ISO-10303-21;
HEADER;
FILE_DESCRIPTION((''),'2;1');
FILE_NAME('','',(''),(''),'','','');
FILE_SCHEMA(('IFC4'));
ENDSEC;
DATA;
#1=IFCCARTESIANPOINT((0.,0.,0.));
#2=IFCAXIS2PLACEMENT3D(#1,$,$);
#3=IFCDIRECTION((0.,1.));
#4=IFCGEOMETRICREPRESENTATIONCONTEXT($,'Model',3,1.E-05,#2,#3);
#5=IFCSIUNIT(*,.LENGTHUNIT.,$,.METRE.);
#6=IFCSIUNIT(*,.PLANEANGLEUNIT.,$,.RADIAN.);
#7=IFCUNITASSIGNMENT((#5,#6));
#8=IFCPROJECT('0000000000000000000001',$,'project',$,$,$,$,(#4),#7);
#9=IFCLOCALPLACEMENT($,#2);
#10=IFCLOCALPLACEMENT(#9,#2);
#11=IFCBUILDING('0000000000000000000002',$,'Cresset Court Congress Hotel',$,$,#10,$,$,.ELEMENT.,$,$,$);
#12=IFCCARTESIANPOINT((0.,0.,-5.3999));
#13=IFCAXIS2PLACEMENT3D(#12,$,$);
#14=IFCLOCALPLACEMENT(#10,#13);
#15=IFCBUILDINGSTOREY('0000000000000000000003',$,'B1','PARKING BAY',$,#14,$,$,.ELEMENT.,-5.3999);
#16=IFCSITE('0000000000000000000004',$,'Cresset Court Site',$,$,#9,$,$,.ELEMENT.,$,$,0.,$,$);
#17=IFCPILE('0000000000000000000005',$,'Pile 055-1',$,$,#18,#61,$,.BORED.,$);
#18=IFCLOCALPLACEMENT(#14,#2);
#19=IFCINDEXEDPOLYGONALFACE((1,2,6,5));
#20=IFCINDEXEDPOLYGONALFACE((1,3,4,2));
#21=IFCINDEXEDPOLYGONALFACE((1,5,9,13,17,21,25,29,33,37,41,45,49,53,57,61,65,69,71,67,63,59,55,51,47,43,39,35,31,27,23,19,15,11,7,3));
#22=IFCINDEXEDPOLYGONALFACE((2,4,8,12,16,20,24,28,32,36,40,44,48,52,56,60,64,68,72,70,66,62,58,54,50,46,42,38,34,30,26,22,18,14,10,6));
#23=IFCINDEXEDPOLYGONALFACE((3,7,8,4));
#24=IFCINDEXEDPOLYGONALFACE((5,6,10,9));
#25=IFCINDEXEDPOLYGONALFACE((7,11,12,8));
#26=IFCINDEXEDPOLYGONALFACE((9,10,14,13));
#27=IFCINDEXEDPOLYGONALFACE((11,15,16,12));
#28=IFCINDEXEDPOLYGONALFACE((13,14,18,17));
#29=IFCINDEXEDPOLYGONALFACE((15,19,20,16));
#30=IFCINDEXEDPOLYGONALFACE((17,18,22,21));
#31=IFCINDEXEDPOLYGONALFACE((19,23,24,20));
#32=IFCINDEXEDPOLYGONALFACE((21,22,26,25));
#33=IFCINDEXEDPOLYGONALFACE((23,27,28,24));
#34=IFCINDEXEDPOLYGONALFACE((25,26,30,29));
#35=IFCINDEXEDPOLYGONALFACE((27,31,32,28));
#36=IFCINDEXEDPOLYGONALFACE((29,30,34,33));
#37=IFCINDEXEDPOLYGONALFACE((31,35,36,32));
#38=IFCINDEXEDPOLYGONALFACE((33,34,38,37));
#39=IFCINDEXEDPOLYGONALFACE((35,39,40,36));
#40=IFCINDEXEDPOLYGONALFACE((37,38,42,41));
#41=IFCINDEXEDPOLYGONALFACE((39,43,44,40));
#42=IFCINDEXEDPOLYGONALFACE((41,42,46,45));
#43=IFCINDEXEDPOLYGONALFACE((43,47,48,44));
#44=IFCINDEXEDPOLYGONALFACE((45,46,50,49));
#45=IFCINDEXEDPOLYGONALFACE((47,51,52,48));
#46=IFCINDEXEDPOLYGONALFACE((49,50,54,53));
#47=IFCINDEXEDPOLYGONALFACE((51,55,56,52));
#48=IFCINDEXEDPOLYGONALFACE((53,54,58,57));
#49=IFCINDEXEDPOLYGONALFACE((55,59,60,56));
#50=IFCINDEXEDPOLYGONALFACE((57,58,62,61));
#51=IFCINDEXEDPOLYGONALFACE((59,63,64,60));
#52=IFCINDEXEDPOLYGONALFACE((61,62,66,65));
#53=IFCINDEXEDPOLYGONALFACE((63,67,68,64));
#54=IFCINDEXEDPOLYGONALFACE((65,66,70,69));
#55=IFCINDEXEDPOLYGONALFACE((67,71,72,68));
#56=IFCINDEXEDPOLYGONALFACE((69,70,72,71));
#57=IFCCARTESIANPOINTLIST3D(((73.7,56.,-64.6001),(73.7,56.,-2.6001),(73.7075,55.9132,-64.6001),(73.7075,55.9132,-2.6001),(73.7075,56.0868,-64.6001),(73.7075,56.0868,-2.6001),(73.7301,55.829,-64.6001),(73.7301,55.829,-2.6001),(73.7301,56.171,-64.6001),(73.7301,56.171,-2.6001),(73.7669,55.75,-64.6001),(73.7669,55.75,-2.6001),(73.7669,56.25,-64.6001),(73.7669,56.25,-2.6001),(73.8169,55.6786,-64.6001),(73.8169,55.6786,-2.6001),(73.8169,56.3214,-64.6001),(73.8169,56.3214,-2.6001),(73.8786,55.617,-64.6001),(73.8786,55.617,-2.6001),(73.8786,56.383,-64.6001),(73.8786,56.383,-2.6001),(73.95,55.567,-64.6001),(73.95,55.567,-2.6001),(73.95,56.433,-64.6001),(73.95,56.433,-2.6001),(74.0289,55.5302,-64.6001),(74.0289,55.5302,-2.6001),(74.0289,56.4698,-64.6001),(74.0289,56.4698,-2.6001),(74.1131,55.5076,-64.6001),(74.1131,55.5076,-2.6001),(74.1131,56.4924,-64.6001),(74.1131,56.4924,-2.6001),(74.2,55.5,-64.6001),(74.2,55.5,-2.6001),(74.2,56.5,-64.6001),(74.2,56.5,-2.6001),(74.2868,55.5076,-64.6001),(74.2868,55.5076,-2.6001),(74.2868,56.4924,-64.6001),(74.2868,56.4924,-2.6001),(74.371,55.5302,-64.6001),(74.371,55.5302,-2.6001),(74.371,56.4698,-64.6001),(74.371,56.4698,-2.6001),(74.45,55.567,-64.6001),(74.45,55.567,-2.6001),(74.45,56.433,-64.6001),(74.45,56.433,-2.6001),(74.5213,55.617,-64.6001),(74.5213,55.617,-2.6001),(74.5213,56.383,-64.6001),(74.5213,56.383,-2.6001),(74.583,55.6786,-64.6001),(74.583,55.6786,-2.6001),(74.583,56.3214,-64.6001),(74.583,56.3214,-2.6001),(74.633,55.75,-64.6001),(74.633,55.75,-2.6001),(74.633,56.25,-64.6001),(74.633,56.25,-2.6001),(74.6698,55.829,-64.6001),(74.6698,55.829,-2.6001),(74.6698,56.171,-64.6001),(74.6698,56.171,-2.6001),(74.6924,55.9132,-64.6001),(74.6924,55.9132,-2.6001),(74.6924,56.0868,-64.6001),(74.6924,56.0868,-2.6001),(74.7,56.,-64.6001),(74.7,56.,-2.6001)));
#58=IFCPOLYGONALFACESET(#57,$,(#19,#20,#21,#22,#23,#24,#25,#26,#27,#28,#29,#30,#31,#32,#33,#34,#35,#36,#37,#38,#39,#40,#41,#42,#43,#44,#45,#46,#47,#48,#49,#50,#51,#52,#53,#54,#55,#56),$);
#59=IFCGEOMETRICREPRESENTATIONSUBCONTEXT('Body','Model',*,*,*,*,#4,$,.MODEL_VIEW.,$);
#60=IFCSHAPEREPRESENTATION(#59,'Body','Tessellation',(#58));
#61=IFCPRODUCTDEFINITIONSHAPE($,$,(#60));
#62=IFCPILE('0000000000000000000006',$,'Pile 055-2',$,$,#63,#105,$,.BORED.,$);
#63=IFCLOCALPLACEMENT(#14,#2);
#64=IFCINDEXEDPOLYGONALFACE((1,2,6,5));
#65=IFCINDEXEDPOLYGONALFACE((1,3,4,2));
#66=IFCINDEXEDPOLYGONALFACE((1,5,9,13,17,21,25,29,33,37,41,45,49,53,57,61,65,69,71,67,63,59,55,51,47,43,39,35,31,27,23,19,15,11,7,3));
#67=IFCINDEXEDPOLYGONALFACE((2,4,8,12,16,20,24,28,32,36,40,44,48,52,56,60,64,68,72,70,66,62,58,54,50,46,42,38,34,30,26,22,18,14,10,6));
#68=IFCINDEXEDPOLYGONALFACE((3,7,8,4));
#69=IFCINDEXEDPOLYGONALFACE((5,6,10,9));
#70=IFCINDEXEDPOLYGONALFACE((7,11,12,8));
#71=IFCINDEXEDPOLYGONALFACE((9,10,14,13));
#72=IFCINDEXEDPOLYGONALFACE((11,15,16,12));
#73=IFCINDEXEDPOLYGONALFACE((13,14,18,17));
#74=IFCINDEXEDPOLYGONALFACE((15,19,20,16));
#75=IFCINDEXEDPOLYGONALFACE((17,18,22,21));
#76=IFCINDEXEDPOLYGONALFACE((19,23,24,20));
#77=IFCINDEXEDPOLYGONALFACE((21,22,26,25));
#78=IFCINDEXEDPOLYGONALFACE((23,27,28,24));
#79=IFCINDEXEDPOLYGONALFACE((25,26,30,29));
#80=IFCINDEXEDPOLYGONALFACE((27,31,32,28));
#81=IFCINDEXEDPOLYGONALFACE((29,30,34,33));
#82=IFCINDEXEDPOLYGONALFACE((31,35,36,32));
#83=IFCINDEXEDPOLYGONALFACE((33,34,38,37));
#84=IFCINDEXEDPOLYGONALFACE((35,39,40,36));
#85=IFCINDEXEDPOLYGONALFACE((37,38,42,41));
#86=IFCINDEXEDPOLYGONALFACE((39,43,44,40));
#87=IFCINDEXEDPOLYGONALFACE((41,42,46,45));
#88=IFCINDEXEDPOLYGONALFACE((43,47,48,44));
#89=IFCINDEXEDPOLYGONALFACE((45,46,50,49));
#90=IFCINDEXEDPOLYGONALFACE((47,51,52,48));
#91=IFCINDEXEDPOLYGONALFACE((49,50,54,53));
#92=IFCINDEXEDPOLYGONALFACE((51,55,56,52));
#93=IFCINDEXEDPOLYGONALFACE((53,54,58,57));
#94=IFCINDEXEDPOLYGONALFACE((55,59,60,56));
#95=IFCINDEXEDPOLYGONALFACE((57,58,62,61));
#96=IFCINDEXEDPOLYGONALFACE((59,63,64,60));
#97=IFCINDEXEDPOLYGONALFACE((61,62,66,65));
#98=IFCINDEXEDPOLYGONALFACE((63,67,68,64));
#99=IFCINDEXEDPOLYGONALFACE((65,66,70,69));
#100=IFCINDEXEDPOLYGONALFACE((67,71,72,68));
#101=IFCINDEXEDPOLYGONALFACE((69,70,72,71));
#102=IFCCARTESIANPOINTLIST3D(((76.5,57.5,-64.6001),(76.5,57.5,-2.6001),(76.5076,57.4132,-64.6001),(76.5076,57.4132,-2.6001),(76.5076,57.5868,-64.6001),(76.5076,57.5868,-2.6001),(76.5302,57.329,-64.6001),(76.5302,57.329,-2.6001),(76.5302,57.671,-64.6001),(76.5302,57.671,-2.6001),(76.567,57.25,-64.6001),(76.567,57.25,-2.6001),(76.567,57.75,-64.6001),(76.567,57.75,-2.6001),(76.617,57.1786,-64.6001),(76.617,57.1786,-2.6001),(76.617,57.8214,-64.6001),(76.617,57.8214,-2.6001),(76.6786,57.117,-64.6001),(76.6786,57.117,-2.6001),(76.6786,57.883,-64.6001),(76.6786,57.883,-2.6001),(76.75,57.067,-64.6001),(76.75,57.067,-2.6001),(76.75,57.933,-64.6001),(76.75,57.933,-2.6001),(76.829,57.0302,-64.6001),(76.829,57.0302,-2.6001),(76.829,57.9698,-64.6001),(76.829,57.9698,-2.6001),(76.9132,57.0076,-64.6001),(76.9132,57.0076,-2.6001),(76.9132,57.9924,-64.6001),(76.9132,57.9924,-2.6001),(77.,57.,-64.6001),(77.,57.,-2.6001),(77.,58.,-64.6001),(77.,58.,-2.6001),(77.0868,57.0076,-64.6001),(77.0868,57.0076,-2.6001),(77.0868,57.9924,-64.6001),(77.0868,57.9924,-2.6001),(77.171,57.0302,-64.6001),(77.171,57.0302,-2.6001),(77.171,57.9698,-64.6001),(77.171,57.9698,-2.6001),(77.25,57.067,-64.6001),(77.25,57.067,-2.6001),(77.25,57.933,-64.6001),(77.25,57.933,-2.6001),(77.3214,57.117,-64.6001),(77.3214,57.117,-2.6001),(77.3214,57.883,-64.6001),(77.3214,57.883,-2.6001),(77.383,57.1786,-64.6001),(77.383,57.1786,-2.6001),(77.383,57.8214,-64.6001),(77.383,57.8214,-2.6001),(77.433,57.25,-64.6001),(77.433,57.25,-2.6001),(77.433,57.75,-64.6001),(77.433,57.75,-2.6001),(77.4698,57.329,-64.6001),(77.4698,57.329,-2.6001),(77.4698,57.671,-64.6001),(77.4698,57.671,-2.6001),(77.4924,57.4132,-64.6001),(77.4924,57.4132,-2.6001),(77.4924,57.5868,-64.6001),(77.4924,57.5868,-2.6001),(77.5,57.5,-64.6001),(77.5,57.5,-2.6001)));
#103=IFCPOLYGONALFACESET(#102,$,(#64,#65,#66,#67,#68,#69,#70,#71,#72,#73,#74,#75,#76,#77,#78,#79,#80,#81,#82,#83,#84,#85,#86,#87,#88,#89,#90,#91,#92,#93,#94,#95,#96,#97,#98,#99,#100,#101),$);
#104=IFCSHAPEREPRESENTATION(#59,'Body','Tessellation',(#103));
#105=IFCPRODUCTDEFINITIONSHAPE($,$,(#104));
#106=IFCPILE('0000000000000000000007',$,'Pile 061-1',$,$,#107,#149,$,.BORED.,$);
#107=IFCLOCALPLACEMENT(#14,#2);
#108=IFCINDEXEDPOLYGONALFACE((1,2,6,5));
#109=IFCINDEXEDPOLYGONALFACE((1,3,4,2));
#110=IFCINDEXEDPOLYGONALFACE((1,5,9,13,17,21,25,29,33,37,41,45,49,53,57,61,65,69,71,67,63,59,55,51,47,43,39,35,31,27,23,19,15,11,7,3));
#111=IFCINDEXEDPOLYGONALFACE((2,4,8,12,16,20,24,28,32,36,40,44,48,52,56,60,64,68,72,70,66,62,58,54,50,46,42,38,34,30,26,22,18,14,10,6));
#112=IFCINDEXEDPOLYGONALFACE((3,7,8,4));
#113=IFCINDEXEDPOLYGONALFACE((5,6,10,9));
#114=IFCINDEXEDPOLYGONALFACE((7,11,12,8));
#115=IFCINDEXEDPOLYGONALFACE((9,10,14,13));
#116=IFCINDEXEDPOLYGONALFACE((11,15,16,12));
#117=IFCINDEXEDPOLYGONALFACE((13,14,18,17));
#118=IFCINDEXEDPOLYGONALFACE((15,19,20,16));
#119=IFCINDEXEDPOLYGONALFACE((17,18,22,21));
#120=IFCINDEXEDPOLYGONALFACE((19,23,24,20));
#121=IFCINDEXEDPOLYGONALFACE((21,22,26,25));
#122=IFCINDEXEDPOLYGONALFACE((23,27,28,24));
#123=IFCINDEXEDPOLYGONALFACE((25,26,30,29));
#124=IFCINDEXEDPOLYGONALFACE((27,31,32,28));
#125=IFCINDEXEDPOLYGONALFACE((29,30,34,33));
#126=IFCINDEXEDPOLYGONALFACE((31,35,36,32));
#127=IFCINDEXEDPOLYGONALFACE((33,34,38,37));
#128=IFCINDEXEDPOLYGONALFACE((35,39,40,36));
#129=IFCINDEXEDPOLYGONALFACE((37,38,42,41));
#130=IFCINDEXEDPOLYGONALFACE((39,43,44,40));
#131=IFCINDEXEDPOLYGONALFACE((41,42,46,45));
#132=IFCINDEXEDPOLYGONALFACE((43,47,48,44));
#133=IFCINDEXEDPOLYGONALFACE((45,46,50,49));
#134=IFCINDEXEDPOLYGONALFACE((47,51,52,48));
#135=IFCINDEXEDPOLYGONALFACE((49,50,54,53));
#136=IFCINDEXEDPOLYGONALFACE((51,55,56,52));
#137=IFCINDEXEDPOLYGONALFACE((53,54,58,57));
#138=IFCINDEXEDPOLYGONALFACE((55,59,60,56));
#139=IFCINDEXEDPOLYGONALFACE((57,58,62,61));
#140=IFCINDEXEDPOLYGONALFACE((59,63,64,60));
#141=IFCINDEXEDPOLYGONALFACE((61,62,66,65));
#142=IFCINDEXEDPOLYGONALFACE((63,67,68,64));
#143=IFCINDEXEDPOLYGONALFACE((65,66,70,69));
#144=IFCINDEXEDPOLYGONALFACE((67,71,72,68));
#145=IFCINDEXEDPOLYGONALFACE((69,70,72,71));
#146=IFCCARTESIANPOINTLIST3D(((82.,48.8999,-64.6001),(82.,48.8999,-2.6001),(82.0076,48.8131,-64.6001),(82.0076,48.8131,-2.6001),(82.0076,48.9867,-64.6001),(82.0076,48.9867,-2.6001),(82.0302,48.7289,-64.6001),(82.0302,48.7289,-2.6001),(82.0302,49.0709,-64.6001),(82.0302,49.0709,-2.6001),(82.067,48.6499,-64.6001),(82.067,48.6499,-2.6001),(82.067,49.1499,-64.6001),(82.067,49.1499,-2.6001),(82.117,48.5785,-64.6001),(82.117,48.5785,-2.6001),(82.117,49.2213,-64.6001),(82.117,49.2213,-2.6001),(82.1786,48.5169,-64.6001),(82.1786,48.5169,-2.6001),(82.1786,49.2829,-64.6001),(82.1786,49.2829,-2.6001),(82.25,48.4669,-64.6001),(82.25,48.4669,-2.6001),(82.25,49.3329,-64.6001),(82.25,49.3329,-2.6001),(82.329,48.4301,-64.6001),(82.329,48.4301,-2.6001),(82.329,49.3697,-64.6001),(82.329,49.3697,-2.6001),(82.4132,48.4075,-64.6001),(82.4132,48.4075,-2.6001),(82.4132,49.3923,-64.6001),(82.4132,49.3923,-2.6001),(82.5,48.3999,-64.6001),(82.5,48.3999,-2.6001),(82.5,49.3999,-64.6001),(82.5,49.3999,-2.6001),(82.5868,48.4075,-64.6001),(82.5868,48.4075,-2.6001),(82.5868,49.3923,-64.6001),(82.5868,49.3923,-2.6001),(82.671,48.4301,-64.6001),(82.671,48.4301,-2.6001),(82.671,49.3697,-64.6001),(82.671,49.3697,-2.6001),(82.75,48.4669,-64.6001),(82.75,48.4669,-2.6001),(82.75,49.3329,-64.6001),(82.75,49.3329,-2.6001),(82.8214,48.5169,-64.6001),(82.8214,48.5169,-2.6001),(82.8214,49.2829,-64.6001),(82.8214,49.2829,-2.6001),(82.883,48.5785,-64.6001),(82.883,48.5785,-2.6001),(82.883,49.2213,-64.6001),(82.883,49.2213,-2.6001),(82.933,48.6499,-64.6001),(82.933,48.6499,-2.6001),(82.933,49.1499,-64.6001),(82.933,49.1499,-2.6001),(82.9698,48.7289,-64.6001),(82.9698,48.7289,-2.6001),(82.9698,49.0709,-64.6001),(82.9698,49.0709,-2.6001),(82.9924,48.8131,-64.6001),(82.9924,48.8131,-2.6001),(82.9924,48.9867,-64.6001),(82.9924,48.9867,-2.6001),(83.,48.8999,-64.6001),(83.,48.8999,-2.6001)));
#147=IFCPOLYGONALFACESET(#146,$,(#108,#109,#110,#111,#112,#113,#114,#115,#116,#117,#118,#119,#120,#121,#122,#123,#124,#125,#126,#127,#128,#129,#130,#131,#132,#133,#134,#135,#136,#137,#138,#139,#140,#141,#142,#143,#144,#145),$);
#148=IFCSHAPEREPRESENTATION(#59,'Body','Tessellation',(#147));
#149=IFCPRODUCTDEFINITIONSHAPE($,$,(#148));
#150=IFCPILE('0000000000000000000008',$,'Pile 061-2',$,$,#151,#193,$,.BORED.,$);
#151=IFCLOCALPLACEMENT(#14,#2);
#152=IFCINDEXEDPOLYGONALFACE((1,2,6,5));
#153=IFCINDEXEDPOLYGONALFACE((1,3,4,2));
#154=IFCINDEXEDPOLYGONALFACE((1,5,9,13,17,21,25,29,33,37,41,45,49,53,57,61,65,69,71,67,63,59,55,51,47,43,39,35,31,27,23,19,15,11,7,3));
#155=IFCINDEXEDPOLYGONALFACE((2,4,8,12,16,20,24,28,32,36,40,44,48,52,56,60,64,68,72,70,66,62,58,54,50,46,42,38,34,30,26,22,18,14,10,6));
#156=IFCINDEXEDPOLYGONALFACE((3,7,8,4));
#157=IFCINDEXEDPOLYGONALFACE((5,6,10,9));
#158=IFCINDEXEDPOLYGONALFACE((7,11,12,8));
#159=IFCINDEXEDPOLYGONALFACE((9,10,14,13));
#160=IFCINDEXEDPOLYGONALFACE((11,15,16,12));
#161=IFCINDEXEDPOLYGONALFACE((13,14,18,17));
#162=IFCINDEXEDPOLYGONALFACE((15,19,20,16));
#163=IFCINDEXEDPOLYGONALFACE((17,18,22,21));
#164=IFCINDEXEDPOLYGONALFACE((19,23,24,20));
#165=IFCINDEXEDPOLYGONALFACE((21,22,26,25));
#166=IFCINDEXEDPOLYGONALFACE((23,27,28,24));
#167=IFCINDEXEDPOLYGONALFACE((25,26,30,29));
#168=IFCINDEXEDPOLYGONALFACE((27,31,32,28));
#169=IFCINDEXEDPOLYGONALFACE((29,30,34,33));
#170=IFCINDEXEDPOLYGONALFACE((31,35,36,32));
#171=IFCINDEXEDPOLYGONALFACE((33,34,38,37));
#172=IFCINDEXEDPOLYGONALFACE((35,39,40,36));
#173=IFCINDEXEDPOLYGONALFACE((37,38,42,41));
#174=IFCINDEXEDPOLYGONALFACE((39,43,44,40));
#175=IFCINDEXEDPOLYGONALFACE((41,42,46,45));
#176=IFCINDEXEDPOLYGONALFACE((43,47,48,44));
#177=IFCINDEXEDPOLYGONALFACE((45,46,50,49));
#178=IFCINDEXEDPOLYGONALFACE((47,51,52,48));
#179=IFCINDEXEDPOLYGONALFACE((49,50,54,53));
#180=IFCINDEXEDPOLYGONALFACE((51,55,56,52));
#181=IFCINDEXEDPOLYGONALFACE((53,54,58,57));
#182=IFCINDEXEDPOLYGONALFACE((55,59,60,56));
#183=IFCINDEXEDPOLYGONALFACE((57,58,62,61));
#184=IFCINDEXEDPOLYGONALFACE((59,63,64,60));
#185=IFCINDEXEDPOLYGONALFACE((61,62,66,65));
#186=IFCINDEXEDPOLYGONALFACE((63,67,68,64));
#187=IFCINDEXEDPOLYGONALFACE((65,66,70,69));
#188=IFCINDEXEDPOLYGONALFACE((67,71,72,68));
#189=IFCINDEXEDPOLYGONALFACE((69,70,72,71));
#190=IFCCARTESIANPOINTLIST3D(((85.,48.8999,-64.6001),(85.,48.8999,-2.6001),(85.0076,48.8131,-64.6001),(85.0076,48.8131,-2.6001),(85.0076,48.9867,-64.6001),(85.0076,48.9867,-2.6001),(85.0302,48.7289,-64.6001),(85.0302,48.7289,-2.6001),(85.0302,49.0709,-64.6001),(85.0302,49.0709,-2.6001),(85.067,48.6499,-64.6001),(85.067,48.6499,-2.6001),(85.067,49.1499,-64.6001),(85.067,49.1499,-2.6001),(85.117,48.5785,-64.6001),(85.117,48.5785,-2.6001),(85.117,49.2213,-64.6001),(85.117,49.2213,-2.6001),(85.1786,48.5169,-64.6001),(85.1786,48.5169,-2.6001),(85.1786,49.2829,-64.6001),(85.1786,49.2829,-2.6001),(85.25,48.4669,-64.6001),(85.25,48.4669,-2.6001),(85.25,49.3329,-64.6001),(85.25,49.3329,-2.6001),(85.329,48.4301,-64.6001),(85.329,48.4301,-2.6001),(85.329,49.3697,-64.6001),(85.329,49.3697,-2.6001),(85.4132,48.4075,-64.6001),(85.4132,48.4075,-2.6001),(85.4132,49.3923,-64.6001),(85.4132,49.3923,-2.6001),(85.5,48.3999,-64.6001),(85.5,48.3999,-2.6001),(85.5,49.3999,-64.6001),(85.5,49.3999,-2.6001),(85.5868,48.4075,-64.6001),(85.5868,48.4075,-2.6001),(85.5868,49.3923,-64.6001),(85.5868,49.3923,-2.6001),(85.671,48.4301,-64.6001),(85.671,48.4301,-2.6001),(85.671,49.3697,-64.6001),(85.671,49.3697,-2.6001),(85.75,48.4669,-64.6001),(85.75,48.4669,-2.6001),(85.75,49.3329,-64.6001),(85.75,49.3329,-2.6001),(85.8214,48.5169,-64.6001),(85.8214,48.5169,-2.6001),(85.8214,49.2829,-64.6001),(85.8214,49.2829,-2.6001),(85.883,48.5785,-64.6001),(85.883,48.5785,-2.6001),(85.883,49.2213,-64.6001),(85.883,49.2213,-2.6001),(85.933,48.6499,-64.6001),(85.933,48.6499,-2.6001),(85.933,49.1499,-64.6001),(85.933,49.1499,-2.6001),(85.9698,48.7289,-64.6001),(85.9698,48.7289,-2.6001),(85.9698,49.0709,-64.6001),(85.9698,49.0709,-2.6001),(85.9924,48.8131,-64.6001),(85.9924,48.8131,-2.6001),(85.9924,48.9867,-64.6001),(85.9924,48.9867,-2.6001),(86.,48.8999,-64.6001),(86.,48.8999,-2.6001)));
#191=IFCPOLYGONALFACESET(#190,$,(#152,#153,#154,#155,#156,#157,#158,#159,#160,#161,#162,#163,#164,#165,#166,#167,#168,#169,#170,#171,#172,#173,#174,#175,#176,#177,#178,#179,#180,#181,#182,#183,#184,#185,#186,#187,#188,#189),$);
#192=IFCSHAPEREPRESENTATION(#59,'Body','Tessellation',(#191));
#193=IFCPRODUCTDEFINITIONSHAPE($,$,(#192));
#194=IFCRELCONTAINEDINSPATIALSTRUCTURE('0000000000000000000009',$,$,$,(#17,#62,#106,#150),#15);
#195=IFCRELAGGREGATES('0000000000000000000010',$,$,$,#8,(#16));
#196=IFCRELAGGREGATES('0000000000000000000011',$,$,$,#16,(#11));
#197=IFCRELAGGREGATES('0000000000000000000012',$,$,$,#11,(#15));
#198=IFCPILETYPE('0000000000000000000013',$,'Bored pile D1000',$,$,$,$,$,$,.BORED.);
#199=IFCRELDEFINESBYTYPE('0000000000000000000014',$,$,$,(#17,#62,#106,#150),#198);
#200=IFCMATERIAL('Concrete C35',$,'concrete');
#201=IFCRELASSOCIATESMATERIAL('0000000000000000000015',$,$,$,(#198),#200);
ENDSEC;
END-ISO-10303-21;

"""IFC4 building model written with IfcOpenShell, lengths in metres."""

from ifc_helpers import new_model, si_unit, direction, frame, origin, origin_2d, place, context, subcontext, project, spatial, circle, extrude, material, type_object, element, save


model = new_model("IFC4")

# Units and contexts
model_context = context("Model", 3, precision=1e-05, world=origin(), true_north=direction((0.0, 1.0)))
body_context = subcontext(model_context, "Body", "Model", "MODEL_VIEW")
ifc_project = project(units=[si_unit("LENGTHUNIT", "METRE"), si_unit("PLANEANGLEUNIT", "RADIAN")], contexts=[model_context])

# Site, building, storey
site_placement = place(None, origin())
site = spatial("IfcSite", under=ifc_project, at=site_placement, Name="Cresset Court Site", CompositionType="ELEMENT", RefElevation=0.0)
building_placement = place(site_placement, origin())
building = spatial("IfcBuilding", under=site, at=building_placement, Name="Cresset Court Congress Hotel", CompositionType="ELEMENT")
storey_placement = place(building_placement, frame((0.0, 0.0, -5.3999)))
storey = spatial("IfcBuildingStorey", under=building, at=storey_placement, Name="B1", Description="PARKING BAY", CompositionType="ELEMENT", Elevation=-5.3999)

# Piles
ifc_material_1 = material(Name="Concrete C35", Category="concrete")
pile_type = type_object("IfcPileType", Name="Bored pile D1000", PredefinedType="BORED", material=ifc_material_1)
for number, where, z_axis, x_axis, name in (
    (1, (74.2, 56.0, -2.6001), (0.0, 0.0, -1.0), (1.0, 0.0, 0.0), "Pile 055-1"),
    (2, (77.0, 57.5, -2.6001), (0.0, 0.0, -1.0), (1.0, 0.0, 0.0), "Pile 055-2"),
    (3, (82.5, 48.8999, -2.6001), (0.0, 0.0, -1.0), (1.0, 0.0, 0.0), "Pile 061-1"),
    (4, (85.5, 48.8999, -2.6001), (0.0, 0.0, -1.0), (1.0, 0.0, 0.0), "Pile 061-2"),
):
    element("IfcPile", number, at=place(storey_placement, frame(where, z_axis=z_axis, x_axis=x_axis)), inside=storey, type_object=pile_type, Name=name, PredefinedType="BORED", context=body_context, shape_type="SweptSolid", body=[
        extrude(circle(Radius=0.5, at=origin_2d()), origin(), (0.0, 0.0, 1.0), 62.0),
    ])

save(model, "model.ifc")
